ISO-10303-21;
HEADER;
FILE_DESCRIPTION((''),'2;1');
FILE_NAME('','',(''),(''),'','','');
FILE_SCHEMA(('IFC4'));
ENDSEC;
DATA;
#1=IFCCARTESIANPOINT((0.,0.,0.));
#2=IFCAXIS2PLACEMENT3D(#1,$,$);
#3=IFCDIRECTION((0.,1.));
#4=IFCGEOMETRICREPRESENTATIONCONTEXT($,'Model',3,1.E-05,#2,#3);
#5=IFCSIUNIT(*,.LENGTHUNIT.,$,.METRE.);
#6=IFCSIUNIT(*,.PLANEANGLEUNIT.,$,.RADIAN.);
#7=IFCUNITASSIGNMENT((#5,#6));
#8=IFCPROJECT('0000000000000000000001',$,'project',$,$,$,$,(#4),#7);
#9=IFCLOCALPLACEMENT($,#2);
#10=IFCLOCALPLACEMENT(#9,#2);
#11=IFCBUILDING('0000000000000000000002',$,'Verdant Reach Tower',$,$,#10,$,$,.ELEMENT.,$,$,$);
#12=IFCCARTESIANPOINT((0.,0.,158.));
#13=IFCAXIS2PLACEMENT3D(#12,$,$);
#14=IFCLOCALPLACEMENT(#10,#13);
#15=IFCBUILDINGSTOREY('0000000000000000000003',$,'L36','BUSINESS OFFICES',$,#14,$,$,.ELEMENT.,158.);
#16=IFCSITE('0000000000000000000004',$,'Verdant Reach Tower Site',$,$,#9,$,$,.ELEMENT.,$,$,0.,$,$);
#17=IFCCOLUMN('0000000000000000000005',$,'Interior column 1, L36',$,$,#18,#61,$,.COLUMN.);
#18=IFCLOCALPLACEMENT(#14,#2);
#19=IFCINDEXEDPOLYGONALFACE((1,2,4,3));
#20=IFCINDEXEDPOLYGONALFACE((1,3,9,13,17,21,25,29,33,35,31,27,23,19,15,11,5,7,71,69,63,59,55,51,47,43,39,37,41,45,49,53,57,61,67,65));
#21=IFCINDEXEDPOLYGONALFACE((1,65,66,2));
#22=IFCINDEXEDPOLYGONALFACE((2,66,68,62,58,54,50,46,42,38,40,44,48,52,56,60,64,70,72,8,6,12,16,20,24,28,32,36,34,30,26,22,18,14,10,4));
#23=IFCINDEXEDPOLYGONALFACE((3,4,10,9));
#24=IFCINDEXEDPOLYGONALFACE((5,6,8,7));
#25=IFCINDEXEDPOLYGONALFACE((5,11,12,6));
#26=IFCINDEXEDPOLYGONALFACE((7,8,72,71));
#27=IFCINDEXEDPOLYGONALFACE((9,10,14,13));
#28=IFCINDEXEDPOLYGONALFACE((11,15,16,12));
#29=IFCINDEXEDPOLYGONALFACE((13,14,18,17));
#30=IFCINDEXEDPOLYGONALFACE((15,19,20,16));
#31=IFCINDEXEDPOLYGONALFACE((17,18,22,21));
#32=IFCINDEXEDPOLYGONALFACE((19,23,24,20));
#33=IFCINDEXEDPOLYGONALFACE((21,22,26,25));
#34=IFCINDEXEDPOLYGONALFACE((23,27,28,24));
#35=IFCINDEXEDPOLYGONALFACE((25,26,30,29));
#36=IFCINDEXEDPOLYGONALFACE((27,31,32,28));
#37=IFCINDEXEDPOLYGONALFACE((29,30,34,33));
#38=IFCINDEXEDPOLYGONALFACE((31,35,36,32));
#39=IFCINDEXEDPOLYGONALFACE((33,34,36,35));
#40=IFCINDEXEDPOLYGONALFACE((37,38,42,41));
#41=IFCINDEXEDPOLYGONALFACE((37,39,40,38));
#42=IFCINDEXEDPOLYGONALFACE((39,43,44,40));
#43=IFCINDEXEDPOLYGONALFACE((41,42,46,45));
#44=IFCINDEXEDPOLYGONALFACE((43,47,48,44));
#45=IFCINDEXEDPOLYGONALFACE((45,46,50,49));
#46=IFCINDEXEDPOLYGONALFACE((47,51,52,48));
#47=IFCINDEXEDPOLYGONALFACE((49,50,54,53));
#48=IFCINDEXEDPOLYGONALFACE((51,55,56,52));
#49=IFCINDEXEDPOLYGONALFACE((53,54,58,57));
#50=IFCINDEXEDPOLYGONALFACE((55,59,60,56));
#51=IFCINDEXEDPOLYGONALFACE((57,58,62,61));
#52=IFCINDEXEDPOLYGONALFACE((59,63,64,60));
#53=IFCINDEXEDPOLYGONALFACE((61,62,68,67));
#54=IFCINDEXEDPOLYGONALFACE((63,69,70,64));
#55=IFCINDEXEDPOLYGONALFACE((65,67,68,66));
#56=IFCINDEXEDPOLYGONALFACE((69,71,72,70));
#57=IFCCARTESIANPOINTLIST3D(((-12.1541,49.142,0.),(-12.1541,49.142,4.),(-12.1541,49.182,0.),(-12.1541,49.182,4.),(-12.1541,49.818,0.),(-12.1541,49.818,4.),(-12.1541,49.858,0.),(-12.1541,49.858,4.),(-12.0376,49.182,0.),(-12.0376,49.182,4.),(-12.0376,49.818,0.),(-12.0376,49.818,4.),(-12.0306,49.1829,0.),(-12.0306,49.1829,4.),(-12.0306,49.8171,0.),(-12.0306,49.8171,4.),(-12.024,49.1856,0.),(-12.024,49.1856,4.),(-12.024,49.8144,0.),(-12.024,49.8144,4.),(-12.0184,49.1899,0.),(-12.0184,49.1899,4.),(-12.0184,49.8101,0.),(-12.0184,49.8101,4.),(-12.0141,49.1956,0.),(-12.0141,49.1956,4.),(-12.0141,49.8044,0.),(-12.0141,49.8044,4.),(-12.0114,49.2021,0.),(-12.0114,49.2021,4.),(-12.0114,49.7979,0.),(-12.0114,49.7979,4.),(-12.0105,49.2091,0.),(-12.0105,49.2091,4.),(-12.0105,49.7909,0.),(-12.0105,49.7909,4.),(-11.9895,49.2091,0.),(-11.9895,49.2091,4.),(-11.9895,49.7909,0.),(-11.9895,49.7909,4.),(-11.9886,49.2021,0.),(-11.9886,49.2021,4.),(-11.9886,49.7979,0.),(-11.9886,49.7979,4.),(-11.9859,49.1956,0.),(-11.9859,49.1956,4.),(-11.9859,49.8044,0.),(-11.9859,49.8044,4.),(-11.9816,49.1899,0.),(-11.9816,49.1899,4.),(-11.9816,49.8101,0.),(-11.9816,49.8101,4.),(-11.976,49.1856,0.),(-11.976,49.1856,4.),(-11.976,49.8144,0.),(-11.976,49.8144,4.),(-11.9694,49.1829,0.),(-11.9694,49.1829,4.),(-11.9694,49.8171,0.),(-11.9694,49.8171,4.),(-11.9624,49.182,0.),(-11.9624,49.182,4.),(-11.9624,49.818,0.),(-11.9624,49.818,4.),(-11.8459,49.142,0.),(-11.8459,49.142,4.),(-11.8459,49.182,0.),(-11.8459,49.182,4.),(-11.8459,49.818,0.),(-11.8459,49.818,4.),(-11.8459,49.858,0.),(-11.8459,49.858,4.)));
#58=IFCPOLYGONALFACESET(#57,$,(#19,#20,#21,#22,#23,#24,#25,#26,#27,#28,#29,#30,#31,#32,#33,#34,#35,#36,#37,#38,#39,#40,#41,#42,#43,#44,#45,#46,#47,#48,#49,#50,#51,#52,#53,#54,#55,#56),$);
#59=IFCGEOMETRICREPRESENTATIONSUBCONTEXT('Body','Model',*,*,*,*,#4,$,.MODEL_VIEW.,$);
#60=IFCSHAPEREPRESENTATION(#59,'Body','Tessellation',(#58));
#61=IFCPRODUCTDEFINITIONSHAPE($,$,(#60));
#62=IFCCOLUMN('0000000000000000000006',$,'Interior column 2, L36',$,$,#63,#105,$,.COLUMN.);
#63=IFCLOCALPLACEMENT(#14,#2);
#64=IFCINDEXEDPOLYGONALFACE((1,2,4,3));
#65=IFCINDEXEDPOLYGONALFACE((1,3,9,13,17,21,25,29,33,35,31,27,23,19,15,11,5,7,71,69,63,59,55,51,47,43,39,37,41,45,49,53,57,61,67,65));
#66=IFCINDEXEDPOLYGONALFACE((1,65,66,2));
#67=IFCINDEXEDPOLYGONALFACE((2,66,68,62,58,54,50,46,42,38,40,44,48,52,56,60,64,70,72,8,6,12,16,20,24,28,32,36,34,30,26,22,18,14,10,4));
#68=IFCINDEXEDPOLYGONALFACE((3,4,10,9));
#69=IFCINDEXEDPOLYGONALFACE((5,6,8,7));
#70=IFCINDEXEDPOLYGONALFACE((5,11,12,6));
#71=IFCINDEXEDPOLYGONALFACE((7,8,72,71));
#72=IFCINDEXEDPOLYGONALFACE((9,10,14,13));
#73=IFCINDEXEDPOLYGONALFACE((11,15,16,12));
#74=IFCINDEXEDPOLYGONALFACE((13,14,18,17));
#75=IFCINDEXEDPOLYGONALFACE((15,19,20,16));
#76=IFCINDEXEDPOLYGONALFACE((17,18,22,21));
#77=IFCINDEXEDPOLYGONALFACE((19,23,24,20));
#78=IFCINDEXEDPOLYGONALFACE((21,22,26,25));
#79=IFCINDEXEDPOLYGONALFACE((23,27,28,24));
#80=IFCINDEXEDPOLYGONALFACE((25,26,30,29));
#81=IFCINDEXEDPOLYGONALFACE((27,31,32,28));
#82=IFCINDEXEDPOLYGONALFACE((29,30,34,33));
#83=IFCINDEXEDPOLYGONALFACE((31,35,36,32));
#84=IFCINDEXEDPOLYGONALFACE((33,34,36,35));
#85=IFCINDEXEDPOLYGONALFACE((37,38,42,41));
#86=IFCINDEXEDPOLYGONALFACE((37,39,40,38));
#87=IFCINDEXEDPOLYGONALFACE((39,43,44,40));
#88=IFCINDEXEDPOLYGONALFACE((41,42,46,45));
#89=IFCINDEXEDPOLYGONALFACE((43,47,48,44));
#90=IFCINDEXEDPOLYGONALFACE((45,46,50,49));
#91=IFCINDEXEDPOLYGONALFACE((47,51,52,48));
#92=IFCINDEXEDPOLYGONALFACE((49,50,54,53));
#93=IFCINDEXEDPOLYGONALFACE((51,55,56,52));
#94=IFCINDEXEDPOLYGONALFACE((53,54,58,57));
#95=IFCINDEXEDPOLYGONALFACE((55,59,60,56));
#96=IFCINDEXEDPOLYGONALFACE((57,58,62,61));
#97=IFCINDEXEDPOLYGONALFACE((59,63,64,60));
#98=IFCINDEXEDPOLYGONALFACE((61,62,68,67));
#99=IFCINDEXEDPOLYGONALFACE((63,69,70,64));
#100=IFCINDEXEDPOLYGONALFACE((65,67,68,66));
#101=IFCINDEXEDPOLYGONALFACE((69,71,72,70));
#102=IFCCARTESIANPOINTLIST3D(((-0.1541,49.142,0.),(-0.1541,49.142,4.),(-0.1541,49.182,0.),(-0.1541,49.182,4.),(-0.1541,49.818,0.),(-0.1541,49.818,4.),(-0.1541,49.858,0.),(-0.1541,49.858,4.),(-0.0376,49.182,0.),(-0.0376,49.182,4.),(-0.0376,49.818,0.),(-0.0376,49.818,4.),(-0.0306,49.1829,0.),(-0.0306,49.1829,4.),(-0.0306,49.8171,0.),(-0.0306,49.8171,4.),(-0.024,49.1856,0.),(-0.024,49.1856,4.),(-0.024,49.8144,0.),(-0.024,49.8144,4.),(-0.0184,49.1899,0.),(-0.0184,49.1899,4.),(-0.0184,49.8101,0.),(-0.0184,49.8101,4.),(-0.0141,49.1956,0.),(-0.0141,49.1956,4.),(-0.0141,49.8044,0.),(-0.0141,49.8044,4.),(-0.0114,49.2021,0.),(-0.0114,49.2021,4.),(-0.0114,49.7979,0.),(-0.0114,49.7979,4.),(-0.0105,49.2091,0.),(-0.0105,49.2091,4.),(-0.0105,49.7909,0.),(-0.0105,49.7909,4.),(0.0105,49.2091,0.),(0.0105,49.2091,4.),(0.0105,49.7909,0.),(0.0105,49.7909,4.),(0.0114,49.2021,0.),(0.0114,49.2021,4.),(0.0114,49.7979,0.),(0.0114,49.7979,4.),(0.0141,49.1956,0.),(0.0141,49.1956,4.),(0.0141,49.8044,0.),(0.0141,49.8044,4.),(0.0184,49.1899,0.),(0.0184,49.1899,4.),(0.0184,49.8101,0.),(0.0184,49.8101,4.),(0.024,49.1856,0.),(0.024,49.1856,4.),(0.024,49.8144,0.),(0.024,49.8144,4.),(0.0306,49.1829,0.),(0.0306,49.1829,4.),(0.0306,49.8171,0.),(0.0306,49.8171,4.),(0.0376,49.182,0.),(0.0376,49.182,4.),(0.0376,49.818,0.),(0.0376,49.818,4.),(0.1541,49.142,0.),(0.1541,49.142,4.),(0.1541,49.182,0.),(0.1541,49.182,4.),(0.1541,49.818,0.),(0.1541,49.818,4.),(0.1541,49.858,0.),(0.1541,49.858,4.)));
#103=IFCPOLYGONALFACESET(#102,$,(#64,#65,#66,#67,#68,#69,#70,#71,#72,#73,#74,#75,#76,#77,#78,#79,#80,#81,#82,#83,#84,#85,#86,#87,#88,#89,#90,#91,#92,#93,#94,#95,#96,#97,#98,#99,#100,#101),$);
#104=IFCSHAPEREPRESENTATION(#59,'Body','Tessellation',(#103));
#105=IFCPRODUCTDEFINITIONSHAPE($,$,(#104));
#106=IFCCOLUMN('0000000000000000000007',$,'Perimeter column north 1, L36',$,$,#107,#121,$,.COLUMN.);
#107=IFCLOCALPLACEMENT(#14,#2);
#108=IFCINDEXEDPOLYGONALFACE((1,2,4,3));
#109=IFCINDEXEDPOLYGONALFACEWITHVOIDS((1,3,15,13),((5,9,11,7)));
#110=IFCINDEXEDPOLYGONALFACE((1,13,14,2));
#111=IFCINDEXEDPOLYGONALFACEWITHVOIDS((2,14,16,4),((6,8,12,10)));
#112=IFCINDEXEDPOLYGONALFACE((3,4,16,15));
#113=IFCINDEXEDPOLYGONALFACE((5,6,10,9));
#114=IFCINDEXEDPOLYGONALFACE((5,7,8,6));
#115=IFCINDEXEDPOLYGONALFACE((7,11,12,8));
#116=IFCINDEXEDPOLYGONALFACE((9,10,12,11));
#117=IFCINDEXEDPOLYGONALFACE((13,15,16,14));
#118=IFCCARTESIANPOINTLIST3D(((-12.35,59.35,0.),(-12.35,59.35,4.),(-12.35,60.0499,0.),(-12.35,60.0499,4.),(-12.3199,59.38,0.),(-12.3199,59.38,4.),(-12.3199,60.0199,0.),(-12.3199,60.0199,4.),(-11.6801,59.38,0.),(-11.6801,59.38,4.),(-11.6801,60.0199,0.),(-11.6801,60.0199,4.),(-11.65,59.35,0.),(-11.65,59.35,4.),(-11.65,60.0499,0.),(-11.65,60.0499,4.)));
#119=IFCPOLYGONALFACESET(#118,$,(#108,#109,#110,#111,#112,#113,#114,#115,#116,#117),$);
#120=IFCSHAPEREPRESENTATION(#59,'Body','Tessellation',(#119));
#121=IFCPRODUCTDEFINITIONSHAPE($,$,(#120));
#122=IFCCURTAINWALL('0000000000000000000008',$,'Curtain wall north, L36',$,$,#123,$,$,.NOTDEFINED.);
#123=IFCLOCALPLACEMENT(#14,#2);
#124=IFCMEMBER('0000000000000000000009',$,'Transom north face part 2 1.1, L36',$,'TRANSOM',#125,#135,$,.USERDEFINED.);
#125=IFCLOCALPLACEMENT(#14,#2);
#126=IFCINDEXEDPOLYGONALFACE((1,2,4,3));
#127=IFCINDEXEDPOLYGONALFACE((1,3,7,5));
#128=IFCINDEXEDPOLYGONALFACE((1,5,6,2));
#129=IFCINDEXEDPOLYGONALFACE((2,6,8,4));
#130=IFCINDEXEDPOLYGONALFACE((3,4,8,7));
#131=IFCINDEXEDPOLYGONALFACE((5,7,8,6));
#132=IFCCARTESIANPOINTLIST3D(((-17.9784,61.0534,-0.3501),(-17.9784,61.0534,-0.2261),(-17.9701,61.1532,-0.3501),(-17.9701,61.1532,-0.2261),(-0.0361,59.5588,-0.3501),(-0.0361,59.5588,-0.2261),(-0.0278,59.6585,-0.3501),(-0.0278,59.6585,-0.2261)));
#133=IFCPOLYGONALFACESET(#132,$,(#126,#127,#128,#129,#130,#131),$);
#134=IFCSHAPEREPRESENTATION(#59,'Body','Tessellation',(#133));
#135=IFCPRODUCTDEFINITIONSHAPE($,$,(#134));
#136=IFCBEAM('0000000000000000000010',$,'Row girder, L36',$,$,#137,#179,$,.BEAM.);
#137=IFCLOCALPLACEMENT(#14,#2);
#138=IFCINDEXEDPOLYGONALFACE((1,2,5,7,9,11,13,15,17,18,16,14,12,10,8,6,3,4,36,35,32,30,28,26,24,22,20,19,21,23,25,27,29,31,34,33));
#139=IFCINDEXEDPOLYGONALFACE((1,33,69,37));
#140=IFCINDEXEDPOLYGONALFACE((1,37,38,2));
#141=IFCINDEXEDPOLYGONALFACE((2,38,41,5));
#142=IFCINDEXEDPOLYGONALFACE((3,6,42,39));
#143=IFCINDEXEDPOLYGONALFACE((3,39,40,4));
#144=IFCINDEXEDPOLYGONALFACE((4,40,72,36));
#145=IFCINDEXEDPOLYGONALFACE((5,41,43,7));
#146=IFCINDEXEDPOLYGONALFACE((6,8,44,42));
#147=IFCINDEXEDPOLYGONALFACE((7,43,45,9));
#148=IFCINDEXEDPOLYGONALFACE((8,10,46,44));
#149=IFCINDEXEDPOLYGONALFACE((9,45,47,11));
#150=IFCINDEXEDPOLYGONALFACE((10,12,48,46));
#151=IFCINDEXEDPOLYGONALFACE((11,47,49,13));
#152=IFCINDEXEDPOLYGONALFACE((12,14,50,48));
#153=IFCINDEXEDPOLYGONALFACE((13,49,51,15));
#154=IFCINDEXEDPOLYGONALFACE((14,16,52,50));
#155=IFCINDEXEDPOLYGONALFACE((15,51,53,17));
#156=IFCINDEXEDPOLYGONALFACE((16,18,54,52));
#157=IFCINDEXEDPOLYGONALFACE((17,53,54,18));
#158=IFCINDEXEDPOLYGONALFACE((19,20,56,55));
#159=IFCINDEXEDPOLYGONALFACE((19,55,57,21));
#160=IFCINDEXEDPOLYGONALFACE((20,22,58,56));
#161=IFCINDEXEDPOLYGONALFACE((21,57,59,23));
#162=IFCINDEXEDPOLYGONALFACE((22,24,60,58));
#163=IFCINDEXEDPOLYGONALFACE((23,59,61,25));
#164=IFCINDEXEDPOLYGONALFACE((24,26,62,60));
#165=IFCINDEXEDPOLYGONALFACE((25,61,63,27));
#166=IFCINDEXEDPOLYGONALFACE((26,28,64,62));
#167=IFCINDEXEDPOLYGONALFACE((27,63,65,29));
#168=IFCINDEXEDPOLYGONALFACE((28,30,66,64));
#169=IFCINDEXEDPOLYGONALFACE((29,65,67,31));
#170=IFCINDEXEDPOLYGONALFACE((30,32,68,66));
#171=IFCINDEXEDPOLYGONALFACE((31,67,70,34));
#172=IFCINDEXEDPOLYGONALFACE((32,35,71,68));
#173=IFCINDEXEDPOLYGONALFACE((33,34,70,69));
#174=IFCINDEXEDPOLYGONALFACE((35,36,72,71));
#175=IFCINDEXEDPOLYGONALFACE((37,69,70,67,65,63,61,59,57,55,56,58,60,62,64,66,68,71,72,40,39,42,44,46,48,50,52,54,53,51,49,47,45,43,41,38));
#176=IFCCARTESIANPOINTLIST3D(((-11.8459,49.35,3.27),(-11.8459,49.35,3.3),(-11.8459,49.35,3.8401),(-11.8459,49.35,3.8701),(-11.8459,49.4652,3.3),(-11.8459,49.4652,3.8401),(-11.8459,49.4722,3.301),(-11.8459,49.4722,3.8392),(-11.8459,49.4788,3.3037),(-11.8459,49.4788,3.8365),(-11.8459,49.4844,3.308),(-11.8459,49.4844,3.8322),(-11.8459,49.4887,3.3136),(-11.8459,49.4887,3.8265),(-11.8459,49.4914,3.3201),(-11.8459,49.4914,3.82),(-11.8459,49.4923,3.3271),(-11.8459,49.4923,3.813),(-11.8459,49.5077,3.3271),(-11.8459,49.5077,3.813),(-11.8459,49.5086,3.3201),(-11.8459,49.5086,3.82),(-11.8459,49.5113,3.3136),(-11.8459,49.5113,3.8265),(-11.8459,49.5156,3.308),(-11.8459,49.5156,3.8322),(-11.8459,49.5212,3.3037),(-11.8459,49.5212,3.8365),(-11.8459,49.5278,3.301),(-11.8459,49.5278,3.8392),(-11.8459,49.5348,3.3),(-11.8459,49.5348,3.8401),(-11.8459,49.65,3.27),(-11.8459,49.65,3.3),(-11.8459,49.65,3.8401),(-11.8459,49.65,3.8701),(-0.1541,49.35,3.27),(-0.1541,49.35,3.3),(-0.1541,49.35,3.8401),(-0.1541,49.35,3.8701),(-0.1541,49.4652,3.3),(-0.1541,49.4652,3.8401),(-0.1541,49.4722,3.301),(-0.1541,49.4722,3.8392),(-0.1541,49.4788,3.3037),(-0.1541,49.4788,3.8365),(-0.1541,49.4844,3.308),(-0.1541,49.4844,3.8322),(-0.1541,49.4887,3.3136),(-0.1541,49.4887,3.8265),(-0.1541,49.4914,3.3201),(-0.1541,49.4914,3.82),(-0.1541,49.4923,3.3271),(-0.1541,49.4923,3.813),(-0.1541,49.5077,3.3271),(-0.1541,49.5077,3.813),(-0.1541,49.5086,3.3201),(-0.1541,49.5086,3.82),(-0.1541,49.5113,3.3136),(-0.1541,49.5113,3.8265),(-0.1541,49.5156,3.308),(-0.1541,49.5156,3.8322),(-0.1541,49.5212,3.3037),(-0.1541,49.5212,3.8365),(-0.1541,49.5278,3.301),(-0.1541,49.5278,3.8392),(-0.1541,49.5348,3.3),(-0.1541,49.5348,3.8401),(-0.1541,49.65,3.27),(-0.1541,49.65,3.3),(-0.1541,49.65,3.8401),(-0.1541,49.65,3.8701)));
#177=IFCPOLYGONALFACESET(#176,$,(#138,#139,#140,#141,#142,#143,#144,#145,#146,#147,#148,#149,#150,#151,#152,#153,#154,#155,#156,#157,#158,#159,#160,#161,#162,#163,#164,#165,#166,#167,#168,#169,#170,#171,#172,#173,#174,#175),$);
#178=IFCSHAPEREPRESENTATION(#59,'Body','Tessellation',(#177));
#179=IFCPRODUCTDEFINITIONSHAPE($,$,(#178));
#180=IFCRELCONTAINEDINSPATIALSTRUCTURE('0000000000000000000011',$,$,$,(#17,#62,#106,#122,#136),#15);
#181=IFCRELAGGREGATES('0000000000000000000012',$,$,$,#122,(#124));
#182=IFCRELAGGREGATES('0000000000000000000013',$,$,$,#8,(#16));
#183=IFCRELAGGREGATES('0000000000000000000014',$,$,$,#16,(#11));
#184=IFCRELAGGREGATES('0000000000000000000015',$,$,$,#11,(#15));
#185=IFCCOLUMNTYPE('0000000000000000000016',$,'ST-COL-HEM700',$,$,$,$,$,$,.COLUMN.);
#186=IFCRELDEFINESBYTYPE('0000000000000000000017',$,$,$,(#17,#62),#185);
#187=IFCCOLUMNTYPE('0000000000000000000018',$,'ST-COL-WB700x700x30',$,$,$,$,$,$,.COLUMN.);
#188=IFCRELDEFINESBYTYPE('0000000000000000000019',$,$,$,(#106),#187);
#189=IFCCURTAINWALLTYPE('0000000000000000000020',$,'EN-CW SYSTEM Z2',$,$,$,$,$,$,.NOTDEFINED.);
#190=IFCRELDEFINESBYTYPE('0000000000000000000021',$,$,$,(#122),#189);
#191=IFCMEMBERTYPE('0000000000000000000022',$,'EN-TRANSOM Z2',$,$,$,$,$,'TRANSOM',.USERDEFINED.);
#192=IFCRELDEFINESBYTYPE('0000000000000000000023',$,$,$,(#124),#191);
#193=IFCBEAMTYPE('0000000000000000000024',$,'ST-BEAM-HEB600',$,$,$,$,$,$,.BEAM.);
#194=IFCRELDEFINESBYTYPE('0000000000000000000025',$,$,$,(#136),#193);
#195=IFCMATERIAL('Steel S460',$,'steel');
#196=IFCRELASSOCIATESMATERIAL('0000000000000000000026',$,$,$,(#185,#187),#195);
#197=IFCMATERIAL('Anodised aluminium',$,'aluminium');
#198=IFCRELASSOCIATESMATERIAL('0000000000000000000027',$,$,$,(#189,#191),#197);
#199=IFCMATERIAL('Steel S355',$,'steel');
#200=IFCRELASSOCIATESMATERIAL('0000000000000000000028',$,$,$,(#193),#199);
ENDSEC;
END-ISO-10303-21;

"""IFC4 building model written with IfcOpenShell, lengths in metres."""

from ifc_helpers import new_model, si_unit, direction, frame, origin, origin_2d, place, context, subcontext, project, spatial, rectangle, hollow_rectangle, i_section, extrude, material, material_profile, profile_set, type_object, element, aggregate, save


model = new_model("IFC4")

# Units and contexts
model_context = context("Model", 3, precision=1e-05, world=origin(), true_north=direction((0.0, 1.0)))
body_context = subcontext(model_context, "Body", "Model", "MODEL_VIEW")
ifc_project = project(units=[si_unit("LENGTHUNIT", "METRE"), si_unit("PLANEANGLEUNIT", "RADIAN")], contexts=[model_context])

# Site, building, storey
site_placement = place(None, origin())
site = spatial("IfcSite", under=ifc_project, at=site_placement, Name="Verdant Reach Tower Site", CompositionType="ELEMENT", RefElevation=0.0)
building_placement = place(site_placement, origin())
building = spatial("IfcBuilding", under=site, at=building_placement, Name="Verdant Reach Tower", CompositionType="ELEMENT")
storey_placement = place(building_placement, frame((0.0, 0.0, 158.0)))
storey = spatial("IfcBuildingStorey", under=building, at=storey_placement, Name="L36", Description="BUSINESS OFFICES", CompositionType="ELEMENT", Elevation=158.0)

# Columns
ifc_material_1 = material(Name="Steel S460", Category="steel")
ifc_material_profile_1 = material_profile(ifc_material_1, i_section(OverallWidth=0.3081, OverallDepth=0.7161, WebThickness=0.021, FlangeThickness=0.04, FilletRadius=0.0271, at=origin_2d()), Name="HEM 700")
ifc_profile_set_1 = profile_set([ifc_material_profile_1], Name="Steel S460")
column_type_1 = type_object("IfcColumnType", Name="ST-COL-HEM700", PredefinedType="COLUMN", material=ifc_profile_set_1)
for number, where, z_axis, x_axis, name in (
    (1, (-12.0, 49.5, 0.0), (0.0, 0.0, 1.0), (1.0, 0.0, 0.0), "Interior column 1, L36"),
    (2, (0.0, 49.5, 0.0), (0.0, 0.0, 1.0), (1.0, 0.0, 0.0), "Interior column 2, L36"),
):
    element("IfcColumn", number, at=place(storey_placement, frame(where, z_axis=z_axis, x_axis=x_axis)), inside=storey, type_object=column_type_1, Name=name, PredefinedType="COLUMN", context=body_context, shape_type="SweptSolid", body=[
        extrude(i_section(OverallWidth=0.3081, OverallDepth=0.7161, WebThickness=0.021, FlangeThickness=0.04, FilletRadius=0.0271, at=origin_2d()), origin(), (0.0, 0.0, 1.0), 4.0),
    ])
ifc_material_profile_2 = material_profile(ifc_material_1, hollow_rectangle(XDim=0.7, YDim=0.7, WallThickness=0.03, at=origin_2d()), Name="WB 700x700x30")
ifc_profile_set_2 = profile_set([ifc_material_profile_2], Name="Steel S460")
column_type_2 = type_object("IfcColumnType", Name="ST-COL-WB700x700x30", PredefinedType="COLUMN", material=ifc_profile_set_2)
column_placement = place(storey_placement, frame((-12.0, 59.7, 0.0), z_axis=(0.0, 0.0, 1.0), x_axis=(1.0, 0.0, 0.0)))
element("IfcColumn", 3, at=column_placement, inside=storey, type_object=column_type_2, Name="Perimeter column north 1, L36", PredefinedType="COLUMN", context=body_context, shape_type="SweptSolid", body=[
    extrude(hollow_rectangle(XDim=0.7, YDim=0.7, WallThickness=0.03, at=origin_2d()), origin(), (0.0, 0.0, 1.0), 4.0),
])

# Curtain wall, member
ifc_material_2 = material(Name="Anodised aluminium", Category="aluminium")
curtain_wall_type = type_object("IfcCurtainWallType", Name="EN-CW SYSTEM Z2", PredefinedType="NOTDEFINED", material=ifc_material_2)
curtain_wall_placement = place(storey_placement, origin())
curtain_wall = element("IfcCurtainWall", 4, at=curtain_wall_placement, inside=storey, type_object=curtain_wall_type, Name="Curtain wall north, L36", PredefinedType="NOTDEFINED")
ifc_material_profile_3 = material_profile(ifc_material_2, rectangle(XDim=0.1001, YDim=0.124, at=origin_2d()), Name="Transom 124x100")
ifc_profile_set_3 = profile_set([ifc_material_profile_3], Name="Anodised aluminium")
member_type = type_object("IfcMemberType", Name="EN-TRANSOM Z2", ElementType="TRANSOM", PredefinedType="USERDEFINED", material=ifc_profile_set_3)
member_placement = place(storey_placement, frame((-0.032, 59.6086, -0.2881), z_axis=(-0.996548, 0.083015, 0.0), x_axis=(-0.083015, -0.996548, 0.0)))
member = element("IfcMember", 5, at=member_placement, type_object=member_type, Name="Transom north face part 2 1.1, L36", ObjectType="TRANSOM", PredefinedType="USERDEFINED", context=body_context, shape_type="SweptSolid", body=[
    extrude(rectangle(XDim=0.1001, YDim=0.124, at=origin_2d()), origin(), (0.0, 0.0, 1.0), 18.0044),
])

# Beam
ifc_material_3 = material(Name="Steel S355", Category="steel")
ifc_material_profile_4 = material_profile(ifc_material_3, i_section(OverallWidth=0.3, OverallDepth=0.6001, WebThickness=0.0154, FlangeThickness=0.03, FilletRadius=0.0271, at=origin_2d()), Name="HEB 600")
ifc_profile_set_4 = profile_set([ifc_material_profile_4], Name="Steel S355")
beam_type_1 = type_object("IfcBeamType", Name="ST-BEAM-HEB600", PredefinedType="BEAM", material=ifc_profile_set_4)
beam_1_placement = place(storey_placement, frame((-11.8459, 49.5, 3.5701), z_axis=(1.0, 0.0, 0.0), x_axis=(0.0, 1.0, 0.0)))
element("IfcBeam", 6, at=beam_1_placement, inside=storey, type_object=beam_type_1, Name="Row girder, L36", PredefinedType="BEAM", context=body_context, shape_type="SweptSolid", body=[
    extrude(i_section(OverallWidth=0.3, OverallDepth=0.6001, WebThickness=0.0154, FlangeThickness=0.03, FilletRadius=0.0271, at=origin_2d()), origin(), (0.0, 0.0, 1.0), 11.6919),
])

aggregate(curtain_wall, [member])

save(model, "model.ifc")
